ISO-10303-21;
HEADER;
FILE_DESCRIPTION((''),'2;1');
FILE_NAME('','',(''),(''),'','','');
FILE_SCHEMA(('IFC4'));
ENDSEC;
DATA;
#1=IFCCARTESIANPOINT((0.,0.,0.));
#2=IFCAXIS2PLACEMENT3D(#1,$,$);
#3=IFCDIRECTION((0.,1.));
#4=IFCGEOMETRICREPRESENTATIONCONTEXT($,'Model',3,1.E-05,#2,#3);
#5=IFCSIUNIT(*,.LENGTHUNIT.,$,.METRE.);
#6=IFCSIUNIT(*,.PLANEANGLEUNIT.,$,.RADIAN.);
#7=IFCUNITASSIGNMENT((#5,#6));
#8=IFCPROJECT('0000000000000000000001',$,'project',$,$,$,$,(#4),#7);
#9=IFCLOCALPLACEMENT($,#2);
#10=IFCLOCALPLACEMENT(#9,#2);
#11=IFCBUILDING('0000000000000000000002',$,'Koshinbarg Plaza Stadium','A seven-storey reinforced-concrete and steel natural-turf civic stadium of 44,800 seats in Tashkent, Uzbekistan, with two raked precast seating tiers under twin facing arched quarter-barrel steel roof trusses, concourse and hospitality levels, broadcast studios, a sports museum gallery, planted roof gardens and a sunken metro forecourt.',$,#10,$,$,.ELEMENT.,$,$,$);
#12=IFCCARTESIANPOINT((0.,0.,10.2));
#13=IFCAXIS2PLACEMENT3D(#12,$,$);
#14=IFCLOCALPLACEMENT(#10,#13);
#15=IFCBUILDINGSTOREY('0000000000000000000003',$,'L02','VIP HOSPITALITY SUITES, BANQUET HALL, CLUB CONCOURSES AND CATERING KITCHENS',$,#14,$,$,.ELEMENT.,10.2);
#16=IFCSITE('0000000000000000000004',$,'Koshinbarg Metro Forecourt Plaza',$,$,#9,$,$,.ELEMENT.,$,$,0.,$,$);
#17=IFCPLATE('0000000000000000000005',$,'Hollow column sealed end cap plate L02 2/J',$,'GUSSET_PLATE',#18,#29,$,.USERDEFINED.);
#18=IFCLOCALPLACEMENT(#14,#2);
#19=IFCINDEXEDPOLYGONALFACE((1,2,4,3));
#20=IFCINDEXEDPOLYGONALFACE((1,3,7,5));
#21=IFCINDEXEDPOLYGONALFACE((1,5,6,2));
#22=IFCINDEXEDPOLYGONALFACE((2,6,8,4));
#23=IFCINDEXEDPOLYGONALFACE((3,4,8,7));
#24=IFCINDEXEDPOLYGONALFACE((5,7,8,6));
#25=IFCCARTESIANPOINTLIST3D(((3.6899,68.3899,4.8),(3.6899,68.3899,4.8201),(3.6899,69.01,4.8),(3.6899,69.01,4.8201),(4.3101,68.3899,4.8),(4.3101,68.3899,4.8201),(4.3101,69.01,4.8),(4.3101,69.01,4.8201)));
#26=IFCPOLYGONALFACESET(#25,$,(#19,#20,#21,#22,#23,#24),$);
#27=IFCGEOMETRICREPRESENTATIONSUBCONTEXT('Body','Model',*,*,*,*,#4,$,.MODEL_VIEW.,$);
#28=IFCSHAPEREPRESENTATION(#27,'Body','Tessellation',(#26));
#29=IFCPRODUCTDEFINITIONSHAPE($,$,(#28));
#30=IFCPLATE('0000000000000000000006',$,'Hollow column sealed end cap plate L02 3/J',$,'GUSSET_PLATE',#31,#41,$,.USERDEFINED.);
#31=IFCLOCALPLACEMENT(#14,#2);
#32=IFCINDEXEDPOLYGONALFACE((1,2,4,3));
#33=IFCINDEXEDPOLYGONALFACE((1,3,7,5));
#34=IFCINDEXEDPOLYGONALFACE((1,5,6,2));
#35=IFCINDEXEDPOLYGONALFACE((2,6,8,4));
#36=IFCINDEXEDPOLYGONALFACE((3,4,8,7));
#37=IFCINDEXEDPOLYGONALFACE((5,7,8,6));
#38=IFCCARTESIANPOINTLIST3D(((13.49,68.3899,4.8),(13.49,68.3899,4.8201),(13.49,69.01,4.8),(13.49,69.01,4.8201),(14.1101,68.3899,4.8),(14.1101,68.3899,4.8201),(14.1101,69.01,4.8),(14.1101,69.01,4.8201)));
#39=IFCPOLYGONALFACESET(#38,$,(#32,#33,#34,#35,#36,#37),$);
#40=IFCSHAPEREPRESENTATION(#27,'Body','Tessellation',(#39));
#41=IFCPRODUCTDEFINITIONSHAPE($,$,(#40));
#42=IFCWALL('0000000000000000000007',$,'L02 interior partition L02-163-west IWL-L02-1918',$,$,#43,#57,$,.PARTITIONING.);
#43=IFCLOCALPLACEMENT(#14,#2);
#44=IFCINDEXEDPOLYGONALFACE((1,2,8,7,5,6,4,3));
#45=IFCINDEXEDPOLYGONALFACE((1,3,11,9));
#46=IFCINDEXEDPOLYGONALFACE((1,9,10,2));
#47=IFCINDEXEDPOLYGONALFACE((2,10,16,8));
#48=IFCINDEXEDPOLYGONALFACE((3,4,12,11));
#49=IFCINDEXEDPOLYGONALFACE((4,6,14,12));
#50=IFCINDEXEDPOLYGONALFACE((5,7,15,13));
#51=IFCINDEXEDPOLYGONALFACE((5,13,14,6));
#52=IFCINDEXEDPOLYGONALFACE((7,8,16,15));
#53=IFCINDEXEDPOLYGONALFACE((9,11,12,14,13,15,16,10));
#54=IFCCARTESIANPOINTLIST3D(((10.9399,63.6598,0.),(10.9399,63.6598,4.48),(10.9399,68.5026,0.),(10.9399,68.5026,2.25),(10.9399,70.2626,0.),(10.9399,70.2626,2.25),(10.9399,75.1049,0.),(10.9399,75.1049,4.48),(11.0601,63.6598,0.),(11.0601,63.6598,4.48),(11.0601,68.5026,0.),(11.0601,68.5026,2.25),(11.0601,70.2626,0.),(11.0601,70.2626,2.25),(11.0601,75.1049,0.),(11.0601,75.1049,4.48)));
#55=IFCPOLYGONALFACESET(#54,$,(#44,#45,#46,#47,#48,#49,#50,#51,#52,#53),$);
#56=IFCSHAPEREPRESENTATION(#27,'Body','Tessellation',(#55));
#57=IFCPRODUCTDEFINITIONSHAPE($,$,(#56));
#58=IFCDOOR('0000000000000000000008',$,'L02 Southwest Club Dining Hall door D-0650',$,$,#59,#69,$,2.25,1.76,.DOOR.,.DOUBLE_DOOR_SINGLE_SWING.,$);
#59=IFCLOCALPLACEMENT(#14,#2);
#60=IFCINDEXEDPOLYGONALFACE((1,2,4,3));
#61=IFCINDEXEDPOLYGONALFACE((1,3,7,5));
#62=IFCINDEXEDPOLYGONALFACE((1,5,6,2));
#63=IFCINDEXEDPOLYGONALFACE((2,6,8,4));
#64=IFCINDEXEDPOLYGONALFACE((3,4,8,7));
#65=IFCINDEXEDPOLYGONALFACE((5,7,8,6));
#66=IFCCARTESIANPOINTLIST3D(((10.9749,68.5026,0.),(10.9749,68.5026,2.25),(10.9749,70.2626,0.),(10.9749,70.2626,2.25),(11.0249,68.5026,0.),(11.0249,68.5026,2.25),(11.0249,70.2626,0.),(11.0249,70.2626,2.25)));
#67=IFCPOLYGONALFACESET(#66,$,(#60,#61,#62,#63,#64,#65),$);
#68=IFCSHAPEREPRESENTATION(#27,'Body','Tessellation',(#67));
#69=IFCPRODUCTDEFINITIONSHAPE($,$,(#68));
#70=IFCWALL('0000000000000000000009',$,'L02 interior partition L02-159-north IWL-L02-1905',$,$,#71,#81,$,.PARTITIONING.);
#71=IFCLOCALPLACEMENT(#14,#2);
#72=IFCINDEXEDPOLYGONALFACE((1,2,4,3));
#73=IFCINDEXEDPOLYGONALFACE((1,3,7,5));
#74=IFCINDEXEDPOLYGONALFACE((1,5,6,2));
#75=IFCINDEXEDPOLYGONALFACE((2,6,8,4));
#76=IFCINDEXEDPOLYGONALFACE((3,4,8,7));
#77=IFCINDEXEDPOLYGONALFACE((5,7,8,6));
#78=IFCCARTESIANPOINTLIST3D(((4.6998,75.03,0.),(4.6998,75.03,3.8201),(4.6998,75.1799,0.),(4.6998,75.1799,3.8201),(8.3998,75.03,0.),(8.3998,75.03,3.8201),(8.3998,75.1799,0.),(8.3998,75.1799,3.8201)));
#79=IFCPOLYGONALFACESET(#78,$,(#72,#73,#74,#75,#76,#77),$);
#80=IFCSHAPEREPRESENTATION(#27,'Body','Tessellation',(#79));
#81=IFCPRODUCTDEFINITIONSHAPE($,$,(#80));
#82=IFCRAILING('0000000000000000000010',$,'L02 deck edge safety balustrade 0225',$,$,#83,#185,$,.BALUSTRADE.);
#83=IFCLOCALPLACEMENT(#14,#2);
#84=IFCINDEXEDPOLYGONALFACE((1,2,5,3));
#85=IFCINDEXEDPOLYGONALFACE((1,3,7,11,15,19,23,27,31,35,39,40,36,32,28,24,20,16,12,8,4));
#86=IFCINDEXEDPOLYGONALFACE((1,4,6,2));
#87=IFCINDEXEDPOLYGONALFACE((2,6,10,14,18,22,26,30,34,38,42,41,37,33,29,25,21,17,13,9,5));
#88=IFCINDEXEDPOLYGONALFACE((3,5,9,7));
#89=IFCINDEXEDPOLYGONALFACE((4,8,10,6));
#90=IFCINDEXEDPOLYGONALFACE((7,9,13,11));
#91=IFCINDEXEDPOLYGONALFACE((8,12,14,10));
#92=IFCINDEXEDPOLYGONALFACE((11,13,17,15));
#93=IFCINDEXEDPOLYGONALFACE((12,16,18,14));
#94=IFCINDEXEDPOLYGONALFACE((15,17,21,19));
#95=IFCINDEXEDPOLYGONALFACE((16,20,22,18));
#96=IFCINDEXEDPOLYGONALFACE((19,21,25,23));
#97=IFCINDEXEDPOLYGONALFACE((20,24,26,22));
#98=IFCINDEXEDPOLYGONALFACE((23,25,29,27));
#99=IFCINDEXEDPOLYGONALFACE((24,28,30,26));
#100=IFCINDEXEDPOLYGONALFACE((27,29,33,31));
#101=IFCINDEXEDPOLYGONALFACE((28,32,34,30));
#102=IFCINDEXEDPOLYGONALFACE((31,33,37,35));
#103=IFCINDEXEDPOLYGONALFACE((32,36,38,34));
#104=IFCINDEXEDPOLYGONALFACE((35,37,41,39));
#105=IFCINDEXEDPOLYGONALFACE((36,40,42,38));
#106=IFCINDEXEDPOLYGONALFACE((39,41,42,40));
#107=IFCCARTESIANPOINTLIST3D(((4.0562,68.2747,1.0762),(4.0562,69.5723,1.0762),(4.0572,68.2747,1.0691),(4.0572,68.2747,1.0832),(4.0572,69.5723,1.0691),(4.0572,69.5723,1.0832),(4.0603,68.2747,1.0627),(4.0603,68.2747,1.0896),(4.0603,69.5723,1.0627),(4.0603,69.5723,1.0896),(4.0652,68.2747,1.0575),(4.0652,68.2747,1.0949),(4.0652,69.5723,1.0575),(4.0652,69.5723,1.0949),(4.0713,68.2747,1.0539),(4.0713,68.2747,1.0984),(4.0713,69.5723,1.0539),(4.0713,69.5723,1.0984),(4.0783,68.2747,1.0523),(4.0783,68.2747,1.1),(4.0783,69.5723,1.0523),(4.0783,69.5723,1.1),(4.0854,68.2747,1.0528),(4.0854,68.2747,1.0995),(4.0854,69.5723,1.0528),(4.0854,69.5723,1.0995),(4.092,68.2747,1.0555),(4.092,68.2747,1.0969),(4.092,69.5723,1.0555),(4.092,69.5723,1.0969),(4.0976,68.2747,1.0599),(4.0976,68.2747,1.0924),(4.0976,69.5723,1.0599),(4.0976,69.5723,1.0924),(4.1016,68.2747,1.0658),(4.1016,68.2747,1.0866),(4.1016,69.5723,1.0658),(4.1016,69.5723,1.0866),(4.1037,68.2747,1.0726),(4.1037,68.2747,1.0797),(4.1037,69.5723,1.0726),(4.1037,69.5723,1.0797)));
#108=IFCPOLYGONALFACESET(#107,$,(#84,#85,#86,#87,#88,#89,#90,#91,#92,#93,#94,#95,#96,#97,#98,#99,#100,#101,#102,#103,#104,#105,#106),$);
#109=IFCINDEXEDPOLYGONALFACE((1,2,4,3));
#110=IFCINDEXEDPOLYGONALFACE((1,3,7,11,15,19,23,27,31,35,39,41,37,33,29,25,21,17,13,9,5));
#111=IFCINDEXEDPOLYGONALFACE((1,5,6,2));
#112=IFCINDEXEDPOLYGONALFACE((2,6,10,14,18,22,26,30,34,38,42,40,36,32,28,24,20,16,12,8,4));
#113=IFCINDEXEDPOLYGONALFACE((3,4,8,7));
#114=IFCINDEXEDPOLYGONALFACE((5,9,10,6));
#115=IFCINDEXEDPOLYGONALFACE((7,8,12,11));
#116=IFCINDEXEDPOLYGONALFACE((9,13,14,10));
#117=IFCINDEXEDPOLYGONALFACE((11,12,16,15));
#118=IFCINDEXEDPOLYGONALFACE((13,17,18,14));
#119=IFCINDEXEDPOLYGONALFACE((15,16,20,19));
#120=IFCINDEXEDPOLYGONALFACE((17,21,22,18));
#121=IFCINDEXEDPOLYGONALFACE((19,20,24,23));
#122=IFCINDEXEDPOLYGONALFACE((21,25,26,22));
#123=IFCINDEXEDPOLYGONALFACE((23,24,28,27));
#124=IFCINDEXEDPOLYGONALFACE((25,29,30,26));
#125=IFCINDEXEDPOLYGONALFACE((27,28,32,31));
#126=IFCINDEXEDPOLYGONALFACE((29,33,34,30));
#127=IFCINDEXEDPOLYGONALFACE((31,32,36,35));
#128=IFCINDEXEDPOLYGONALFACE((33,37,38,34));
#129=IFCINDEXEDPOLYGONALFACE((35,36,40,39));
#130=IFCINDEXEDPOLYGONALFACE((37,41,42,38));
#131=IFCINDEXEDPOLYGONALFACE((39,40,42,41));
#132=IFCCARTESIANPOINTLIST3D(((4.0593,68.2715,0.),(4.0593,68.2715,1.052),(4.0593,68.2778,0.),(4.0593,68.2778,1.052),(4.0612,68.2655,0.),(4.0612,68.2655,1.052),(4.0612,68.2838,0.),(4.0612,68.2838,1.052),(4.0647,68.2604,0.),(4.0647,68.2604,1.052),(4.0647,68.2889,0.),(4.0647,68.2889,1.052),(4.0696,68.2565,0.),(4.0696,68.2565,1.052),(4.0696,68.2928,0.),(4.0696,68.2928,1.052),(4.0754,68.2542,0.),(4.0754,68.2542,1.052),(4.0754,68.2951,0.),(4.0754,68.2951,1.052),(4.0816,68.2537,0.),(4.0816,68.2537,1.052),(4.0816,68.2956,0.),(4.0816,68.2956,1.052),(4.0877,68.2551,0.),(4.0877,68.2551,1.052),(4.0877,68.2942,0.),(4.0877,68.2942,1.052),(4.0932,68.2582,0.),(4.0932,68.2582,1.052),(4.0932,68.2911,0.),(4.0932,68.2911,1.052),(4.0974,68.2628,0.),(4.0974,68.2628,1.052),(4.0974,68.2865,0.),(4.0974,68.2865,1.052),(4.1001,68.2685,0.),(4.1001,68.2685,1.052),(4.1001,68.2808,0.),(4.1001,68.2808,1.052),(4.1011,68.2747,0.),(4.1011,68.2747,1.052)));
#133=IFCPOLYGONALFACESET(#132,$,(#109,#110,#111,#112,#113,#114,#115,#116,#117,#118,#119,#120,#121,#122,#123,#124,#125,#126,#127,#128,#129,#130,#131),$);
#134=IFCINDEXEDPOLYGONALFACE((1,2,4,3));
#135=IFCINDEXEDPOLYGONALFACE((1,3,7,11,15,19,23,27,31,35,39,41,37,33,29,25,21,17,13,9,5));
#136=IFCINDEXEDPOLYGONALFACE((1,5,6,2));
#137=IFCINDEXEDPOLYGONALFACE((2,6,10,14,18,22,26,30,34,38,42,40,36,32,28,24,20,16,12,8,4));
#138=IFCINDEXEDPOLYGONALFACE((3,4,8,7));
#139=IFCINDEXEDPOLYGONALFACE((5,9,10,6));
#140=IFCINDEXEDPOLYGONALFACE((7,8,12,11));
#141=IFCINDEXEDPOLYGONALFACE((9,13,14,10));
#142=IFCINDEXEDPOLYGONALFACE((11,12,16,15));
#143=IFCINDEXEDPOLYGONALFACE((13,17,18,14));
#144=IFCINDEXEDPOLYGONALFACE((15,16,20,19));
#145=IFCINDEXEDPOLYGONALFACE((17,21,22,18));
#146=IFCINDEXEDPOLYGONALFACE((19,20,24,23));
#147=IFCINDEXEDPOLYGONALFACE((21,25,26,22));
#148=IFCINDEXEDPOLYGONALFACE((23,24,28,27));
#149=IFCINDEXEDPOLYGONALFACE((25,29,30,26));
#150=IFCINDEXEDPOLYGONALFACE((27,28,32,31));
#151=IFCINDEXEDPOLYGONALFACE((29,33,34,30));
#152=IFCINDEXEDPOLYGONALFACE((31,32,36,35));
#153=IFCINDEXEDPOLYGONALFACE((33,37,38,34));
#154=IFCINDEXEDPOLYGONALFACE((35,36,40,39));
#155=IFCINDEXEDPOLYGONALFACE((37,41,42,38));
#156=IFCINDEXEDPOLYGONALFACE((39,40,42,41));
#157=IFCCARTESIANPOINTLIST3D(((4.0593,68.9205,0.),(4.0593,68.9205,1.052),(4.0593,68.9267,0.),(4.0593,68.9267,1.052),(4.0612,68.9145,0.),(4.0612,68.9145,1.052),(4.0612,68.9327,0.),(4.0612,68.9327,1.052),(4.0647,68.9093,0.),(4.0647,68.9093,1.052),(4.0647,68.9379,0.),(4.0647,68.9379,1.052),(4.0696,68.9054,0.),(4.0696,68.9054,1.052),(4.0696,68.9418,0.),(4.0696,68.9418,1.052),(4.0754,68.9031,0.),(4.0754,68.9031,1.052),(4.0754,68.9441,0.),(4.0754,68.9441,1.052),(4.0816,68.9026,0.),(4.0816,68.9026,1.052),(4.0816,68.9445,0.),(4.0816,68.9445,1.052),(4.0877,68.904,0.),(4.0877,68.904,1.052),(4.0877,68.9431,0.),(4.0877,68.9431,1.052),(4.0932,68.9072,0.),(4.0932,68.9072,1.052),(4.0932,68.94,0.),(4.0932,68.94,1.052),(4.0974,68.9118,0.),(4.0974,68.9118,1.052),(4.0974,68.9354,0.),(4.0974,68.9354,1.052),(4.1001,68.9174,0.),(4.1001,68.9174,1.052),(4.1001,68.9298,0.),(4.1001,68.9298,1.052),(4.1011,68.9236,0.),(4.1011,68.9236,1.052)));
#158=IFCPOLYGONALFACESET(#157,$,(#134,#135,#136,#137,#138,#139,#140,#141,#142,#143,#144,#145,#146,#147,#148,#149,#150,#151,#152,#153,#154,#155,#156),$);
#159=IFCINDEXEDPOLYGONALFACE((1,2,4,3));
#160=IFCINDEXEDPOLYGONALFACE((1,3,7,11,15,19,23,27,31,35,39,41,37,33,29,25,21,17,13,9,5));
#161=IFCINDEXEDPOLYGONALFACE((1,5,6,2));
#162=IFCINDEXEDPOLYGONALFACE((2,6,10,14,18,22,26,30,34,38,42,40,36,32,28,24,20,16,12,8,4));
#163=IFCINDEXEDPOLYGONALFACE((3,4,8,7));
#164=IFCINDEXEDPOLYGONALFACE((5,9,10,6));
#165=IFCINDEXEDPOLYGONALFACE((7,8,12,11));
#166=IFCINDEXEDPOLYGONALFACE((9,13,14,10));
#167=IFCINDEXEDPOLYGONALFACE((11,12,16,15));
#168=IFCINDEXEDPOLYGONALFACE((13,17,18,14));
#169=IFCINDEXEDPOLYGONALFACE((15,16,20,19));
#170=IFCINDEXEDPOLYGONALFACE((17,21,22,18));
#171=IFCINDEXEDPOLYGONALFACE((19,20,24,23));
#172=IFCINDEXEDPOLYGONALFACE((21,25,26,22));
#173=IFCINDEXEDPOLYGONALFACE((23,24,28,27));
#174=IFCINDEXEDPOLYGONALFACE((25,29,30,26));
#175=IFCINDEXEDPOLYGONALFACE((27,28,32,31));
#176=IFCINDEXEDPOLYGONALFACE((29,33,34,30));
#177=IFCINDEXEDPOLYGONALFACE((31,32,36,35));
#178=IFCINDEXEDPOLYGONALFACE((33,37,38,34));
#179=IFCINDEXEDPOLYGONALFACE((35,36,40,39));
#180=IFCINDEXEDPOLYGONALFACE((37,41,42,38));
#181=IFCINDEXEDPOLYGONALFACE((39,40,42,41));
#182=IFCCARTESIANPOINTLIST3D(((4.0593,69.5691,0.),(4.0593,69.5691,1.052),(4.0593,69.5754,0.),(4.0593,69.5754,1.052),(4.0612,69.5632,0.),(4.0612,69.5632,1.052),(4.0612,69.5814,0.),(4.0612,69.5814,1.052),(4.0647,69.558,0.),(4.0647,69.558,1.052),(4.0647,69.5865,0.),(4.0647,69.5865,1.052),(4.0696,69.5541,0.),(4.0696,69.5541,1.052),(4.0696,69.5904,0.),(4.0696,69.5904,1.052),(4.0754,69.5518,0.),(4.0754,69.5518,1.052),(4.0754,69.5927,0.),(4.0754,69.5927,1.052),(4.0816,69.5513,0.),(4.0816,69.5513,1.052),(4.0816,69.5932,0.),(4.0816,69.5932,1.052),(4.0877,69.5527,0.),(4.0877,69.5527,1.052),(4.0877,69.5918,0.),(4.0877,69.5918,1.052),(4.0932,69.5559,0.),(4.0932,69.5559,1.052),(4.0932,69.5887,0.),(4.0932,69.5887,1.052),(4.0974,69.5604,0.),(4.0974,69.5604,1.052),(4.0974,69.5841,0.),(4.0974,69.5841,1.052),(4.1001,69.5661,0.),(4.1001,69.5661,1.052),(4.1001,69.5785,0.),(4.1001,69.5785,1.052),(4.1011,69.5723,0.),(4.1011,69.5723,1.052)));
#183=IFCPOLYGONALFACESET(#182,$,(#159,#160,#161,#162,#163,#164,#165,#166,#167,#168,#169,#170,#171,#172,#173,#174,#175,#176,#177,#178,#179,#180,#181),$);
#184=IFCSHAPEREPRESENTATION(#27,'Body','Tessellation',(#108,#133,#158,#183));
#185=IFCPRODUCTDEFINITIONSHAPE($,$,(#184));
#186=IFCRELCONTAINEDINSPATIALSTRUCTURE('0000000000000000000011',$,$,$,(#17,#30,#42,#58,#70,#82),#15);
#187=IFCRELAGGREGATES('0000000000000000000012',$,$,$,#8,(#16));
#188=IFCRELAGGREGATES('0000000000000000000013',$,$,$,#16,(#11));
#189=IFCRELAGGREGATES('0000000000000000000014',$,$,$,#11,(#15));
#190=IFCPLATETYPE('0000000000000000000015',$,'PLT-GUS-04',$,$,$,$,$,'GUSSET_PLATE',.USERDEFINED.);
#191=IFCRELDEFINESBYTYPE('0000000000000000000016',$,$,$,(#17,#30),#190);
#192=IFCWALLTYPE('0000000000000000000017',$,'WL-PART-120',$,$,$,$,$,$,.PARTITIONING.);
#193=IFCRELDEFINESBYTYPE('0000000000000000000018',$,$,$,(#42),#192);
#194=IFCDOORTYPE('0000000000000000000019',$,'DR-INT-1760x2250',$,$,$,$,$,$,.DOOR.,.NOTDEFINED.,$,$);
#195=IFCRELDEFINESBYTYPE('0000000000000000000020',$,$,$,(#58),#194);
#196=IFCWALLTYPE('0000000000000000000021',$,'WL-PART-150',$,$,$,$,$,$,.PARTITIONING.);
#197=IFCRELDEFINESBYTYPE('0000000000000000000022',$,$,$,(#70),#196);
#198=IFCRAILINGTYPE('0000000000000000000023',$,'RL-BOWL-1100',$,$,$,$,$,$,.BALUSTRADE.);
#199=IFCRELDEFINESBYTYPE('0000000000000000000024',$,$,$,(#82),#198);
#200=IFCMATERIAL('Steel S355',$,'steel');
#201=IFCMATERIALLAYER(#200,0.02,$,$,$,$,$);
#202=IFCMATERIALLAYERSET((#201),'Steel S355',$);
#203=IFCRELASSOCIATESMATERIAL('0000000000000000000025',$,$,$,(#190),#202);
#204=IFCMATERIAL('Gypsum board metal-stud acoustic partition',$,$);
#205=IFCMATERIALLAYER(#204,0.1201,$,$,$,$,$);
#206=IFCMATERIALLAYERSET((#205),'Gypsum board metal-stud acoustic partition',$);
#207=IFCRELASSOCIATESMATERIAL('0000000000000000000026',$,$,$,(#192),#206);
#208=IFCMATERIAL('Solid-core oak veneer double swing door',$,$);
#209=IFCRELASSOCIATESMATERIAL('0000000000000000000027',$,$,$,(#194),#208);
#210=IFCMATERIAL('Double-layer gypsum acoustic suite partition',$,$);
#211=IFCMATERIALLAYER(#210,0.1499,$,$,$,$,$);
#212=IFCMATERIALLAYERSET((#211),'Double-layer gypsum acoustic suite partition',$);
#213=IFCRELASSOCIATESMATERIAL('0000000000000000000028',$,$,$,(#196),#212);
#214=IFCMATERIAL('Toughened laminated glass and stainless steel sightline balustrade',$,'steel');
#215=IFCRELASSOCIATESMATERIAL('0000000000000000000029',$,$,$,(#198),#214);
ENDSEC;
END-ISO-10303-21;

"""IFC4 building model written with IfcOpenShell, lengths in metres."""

from ifc_helpers import new_model, si_unit, direction, frame, frame_2d, origin, origin_2d, place, context, subcontext, project, spatial, rectangle, circle, extrude, material, layer, layer_set, type_object, element, fill, save


model = new_model("IFC4")

# Units and contexts
model_context = context("Model", 3, precision=1e-05, world=origin(), true_north=direction((0.0, 1.0)))
body_context = subcontext(model_context, "Body", "Model", "MODEL_VIEW")
ifc_project = project(units=[si_unit("LENGTHUNIT", "METRE"), si_unit("PLANEANGLEUNIT", "RADIAN")], contexts=[model_context])

# Site, building, storey
site_placement = place(None, origin())
site = spatial("IfcSite", under=ifc_project, at=site_placement, Name="Koshinbarg Metro Forecourt Plaza", CompositionType="ELEMENT", RefElevation=0.0)
building_placement = place(site_placement, origin())
building = spatial("IfcBuilding", under=site, at=building_placement, Name="Koshinbarg Plaza Stadium", Description="A seven-storey reinforced-concrete and steel natural-turf civic stadium of 44,800 seats in Tashkent, Uzbekistan, with two raked precast seating tiers under twin facing arched quarter-barrel steel roof trusses, concourse and hospitality levels, broadcast studios, a sports museum gallery, planted roof gardens and a sunken metro forecourt.", CompositionType="ELEMENT")
storey_placement = place(building_placement, frame((0.0, 0.0, 10.2)))
storey = spatial("IfcBuildingStorey", under=building, at=storey_placement, Name="L02", Description="VIP HOSPITALITY SUITES, BANQUET HALL, CLUB CONCOURSES AND CATERING KITCHENS", CompositionType="ELEMENT", Elevation=10.2)

# Shared definitions
ifc_material_1 = material(Name="Steel S355", Category="steel")

# Plates
ifc_layer_1 = layer(ifc_material_1, 0.02)
ifc_layer_set_1 = layer_set([ifc_layer_1], Name="Steel S355")
plate_type_1 = type_object("IfcPlateType", Name="PLT-GUS-04", ElementType="GUSSET_PLATE", PredefinedType="USERDEFINED", material=ifc_layer_set_1)
for number, where, z_axis, x_axis, name in (
    (1, (4.0, 68.7, 4.8), (0.0, 0.0, 1.0), (1.0, 0.0, 0.0), "Hollow column sealed end cap plate L02 2/J"),
    (2, (13.8, 68.7, 4.8), (0.0, 0.0, 1.0), (1.0, 0.0, 0.0), "Hollow column sealed end cap plate L02 3/J"),
):
    element("IfcPlate", number, at=place(storey_placement, frame(where, z_axis=z_axis, x_axis=x_axis)), inside=storey, type_object=plate_type_1, Name=name, ObjectType="GUSSET_PLATE", PredefinedType="USERDEFINED", context=body_context, shape_type="SweptSolid", body=[
        extrude(rectangle(XDim=0.6201, YDim=0.6201, at=origin_2d()), origin(), (0.0, 0.0, 1.0), 0.02),
    ])

# Wall, opening, door
ifc_material_2 = material(Name="Gypsum board metal-stud acoustic partition")
ifc_layer_2 = layer(ifc_material_2, 0.1201)
ifc_layer_set_2 = layer_set([ifc_layer_2], Name="Gypsum board metal-stud acoustic partition")
wall_type_1 = type_object("IfcWallType", Name="WL-PART-120", PredefinedType="PARTITIONING", material=ifc_layer_set_2)
wall_1_placement = place(storey_placement, frame((11.0, 75.105, 0.0), z_axis=(0.0, 0.0, 1.0), x_axis=(0.0, -1.0, 0.0)))
wall_1 = element("IfcWall", 3, at=wall_1_placement, inside=storey, type_object=wall_type_1, Name="L02 interior partition L02-163-west IWL-L02-1918", PredefinedType="PARTITIONING", context=body_context, shape_type="SweptSolid", body=[
    extrude(rectangle(XDim=11.4451, YDim=0.1201, at=frame_2d((5.7227, 0.0))), origin(), (0.0, 0.0, 1.0), 4.48),
])
opening_placement = place(wall_1_placement, frame((4.8425, 0.0, 0.0)))
opening = element("IfcOpeningElement", 4, at=opening_placement, cuts=wall_1, PredefinedType="OPENING", context=body_context, shape_type="SweptSolid", body=[
    extrude(rectangle(XDim=1.76, YDim=2.25, at=frame_2d((0.8799, 1.125))), frame((0.0, 0.0701, 0.0), z_axis=(0.0, -1.0, 0.0), x_axis=(1.0, 0.0, 0.0)), (0.0, 0.0, 1.0), 0.1401),
])
ifc_material_3 = material(Name="Solid-core oak veneer double swing door")
door_type = type_object("IfcDoorType", Name="DR-INT-1760x2250", OperationType="NOTDEFINED", PredefinedType="DOOR", material=ifc_material_3)
door_placement = place(opening_placement, origin())
door = element("IfcDoor", 5, at=door_placement, inside=storey, type_object=door_type, Name="L02 Southwest Club Dining Hall door D-0650", OperationType="DOUBLE_DOOR_SINGLE_SWING", OverallHeight=2.25, OverallWidth=1.76, PredefinedType="DOOR", context=body_context, shape_type="SweptSolid", body=[
    extrude(rectangle(XDim=1.76, YDim=2.25, at=frame_2d((0.8799, 1.125))), frame((0.0, 0.0249, 0.0), z_axis=(0.0, -1.0, 0.0), x_axis=(1.0, 0.0, 0.0)), (0.0, 0.0, 1.0), 0.05),
])
fill(opening, door)

# Wall
ifc_material_4 = material(Name="Double-layer gypsum acoustic suite partition")
ifc_layer_3 = layer(ifc_material_4, 0.1499)
ifc_layer_set_3 = layer_set([ifc_layer_3], Name="Double-layer gypsum acoustic suite partition")
wall_type_2 = type_object("IfcWallType", Name="WL-PART-150", PredefinedType="PARTITIONING", material=ifc_layer_set_3)
wall_2_placement = place(storey_placement, frame((8.3999, 75.105, 0.0), z_axis=(0.0, 0.0, 1.0), x_axis=(-1.0, 0.0, 0.0)))
element("IfcWall", 6, at=wall_2_placement, inside=storey, type_object=wall_type_2, Name="L02 interior partition L02-159-north IWL-L02-1905", PredefinedType="PARTITIONING", context=body_context, shape_type="SweptSolid", body=[
    extrude(rectangle(XDim=3.7, YDim=0.1499, at=frame_2d((1.8501, 0.0))), origin(), (0.0, 0.0, 1.0), 3.8201),
])

# Railing
ifc_material_5 = material(Name="Toughened laminated glass and stainless steel sightline balustrade", Category="steel")
railing_type = type_object("IfcRailingType", Name="RL-BOWL-1100", PredefinedType="BALUSTRADE", material=ifc_material_5)
railing_1_placement = place(storey_placement, frame((4.0801, 68.2747, 0.0)))
element("IfcRailing", 7, at=railing_1_placement, inside=storey, type_object=railing_type, Name="L02 deck edge safety balustrade 0225", PredefinedType="BALUSTRADE", context=body_context, shape_type="SweptSolid", body=[
    extrude(circle(Radius=0.0239, at=origin_2d()), frame((0.0, 0.0, 1.0762), z_axis=(0.0, 1.0, 0.0), x_axis=(-1.0, 0.0, 0.0)), (0.0, 0.0, 1.0), 1.2976),
    extrude(circle(Radius=0.021, at=origin_2d()), origin(), (0.0, 0.0, 1.0), 1.052),
    extrude(circle(Radius=0.021, at=origin_2d()), frame((0.0, 0.6489, 0.0)), (0.0, 0.0, 1.0), 1.052),
    extrude(circle(Radius=0.021, at=origin_2d()), frame((0.0, 1.2976, 0.0)), (0.0, 0.0, 1.0), 1.052),
])

save(model, "model.ifc")
